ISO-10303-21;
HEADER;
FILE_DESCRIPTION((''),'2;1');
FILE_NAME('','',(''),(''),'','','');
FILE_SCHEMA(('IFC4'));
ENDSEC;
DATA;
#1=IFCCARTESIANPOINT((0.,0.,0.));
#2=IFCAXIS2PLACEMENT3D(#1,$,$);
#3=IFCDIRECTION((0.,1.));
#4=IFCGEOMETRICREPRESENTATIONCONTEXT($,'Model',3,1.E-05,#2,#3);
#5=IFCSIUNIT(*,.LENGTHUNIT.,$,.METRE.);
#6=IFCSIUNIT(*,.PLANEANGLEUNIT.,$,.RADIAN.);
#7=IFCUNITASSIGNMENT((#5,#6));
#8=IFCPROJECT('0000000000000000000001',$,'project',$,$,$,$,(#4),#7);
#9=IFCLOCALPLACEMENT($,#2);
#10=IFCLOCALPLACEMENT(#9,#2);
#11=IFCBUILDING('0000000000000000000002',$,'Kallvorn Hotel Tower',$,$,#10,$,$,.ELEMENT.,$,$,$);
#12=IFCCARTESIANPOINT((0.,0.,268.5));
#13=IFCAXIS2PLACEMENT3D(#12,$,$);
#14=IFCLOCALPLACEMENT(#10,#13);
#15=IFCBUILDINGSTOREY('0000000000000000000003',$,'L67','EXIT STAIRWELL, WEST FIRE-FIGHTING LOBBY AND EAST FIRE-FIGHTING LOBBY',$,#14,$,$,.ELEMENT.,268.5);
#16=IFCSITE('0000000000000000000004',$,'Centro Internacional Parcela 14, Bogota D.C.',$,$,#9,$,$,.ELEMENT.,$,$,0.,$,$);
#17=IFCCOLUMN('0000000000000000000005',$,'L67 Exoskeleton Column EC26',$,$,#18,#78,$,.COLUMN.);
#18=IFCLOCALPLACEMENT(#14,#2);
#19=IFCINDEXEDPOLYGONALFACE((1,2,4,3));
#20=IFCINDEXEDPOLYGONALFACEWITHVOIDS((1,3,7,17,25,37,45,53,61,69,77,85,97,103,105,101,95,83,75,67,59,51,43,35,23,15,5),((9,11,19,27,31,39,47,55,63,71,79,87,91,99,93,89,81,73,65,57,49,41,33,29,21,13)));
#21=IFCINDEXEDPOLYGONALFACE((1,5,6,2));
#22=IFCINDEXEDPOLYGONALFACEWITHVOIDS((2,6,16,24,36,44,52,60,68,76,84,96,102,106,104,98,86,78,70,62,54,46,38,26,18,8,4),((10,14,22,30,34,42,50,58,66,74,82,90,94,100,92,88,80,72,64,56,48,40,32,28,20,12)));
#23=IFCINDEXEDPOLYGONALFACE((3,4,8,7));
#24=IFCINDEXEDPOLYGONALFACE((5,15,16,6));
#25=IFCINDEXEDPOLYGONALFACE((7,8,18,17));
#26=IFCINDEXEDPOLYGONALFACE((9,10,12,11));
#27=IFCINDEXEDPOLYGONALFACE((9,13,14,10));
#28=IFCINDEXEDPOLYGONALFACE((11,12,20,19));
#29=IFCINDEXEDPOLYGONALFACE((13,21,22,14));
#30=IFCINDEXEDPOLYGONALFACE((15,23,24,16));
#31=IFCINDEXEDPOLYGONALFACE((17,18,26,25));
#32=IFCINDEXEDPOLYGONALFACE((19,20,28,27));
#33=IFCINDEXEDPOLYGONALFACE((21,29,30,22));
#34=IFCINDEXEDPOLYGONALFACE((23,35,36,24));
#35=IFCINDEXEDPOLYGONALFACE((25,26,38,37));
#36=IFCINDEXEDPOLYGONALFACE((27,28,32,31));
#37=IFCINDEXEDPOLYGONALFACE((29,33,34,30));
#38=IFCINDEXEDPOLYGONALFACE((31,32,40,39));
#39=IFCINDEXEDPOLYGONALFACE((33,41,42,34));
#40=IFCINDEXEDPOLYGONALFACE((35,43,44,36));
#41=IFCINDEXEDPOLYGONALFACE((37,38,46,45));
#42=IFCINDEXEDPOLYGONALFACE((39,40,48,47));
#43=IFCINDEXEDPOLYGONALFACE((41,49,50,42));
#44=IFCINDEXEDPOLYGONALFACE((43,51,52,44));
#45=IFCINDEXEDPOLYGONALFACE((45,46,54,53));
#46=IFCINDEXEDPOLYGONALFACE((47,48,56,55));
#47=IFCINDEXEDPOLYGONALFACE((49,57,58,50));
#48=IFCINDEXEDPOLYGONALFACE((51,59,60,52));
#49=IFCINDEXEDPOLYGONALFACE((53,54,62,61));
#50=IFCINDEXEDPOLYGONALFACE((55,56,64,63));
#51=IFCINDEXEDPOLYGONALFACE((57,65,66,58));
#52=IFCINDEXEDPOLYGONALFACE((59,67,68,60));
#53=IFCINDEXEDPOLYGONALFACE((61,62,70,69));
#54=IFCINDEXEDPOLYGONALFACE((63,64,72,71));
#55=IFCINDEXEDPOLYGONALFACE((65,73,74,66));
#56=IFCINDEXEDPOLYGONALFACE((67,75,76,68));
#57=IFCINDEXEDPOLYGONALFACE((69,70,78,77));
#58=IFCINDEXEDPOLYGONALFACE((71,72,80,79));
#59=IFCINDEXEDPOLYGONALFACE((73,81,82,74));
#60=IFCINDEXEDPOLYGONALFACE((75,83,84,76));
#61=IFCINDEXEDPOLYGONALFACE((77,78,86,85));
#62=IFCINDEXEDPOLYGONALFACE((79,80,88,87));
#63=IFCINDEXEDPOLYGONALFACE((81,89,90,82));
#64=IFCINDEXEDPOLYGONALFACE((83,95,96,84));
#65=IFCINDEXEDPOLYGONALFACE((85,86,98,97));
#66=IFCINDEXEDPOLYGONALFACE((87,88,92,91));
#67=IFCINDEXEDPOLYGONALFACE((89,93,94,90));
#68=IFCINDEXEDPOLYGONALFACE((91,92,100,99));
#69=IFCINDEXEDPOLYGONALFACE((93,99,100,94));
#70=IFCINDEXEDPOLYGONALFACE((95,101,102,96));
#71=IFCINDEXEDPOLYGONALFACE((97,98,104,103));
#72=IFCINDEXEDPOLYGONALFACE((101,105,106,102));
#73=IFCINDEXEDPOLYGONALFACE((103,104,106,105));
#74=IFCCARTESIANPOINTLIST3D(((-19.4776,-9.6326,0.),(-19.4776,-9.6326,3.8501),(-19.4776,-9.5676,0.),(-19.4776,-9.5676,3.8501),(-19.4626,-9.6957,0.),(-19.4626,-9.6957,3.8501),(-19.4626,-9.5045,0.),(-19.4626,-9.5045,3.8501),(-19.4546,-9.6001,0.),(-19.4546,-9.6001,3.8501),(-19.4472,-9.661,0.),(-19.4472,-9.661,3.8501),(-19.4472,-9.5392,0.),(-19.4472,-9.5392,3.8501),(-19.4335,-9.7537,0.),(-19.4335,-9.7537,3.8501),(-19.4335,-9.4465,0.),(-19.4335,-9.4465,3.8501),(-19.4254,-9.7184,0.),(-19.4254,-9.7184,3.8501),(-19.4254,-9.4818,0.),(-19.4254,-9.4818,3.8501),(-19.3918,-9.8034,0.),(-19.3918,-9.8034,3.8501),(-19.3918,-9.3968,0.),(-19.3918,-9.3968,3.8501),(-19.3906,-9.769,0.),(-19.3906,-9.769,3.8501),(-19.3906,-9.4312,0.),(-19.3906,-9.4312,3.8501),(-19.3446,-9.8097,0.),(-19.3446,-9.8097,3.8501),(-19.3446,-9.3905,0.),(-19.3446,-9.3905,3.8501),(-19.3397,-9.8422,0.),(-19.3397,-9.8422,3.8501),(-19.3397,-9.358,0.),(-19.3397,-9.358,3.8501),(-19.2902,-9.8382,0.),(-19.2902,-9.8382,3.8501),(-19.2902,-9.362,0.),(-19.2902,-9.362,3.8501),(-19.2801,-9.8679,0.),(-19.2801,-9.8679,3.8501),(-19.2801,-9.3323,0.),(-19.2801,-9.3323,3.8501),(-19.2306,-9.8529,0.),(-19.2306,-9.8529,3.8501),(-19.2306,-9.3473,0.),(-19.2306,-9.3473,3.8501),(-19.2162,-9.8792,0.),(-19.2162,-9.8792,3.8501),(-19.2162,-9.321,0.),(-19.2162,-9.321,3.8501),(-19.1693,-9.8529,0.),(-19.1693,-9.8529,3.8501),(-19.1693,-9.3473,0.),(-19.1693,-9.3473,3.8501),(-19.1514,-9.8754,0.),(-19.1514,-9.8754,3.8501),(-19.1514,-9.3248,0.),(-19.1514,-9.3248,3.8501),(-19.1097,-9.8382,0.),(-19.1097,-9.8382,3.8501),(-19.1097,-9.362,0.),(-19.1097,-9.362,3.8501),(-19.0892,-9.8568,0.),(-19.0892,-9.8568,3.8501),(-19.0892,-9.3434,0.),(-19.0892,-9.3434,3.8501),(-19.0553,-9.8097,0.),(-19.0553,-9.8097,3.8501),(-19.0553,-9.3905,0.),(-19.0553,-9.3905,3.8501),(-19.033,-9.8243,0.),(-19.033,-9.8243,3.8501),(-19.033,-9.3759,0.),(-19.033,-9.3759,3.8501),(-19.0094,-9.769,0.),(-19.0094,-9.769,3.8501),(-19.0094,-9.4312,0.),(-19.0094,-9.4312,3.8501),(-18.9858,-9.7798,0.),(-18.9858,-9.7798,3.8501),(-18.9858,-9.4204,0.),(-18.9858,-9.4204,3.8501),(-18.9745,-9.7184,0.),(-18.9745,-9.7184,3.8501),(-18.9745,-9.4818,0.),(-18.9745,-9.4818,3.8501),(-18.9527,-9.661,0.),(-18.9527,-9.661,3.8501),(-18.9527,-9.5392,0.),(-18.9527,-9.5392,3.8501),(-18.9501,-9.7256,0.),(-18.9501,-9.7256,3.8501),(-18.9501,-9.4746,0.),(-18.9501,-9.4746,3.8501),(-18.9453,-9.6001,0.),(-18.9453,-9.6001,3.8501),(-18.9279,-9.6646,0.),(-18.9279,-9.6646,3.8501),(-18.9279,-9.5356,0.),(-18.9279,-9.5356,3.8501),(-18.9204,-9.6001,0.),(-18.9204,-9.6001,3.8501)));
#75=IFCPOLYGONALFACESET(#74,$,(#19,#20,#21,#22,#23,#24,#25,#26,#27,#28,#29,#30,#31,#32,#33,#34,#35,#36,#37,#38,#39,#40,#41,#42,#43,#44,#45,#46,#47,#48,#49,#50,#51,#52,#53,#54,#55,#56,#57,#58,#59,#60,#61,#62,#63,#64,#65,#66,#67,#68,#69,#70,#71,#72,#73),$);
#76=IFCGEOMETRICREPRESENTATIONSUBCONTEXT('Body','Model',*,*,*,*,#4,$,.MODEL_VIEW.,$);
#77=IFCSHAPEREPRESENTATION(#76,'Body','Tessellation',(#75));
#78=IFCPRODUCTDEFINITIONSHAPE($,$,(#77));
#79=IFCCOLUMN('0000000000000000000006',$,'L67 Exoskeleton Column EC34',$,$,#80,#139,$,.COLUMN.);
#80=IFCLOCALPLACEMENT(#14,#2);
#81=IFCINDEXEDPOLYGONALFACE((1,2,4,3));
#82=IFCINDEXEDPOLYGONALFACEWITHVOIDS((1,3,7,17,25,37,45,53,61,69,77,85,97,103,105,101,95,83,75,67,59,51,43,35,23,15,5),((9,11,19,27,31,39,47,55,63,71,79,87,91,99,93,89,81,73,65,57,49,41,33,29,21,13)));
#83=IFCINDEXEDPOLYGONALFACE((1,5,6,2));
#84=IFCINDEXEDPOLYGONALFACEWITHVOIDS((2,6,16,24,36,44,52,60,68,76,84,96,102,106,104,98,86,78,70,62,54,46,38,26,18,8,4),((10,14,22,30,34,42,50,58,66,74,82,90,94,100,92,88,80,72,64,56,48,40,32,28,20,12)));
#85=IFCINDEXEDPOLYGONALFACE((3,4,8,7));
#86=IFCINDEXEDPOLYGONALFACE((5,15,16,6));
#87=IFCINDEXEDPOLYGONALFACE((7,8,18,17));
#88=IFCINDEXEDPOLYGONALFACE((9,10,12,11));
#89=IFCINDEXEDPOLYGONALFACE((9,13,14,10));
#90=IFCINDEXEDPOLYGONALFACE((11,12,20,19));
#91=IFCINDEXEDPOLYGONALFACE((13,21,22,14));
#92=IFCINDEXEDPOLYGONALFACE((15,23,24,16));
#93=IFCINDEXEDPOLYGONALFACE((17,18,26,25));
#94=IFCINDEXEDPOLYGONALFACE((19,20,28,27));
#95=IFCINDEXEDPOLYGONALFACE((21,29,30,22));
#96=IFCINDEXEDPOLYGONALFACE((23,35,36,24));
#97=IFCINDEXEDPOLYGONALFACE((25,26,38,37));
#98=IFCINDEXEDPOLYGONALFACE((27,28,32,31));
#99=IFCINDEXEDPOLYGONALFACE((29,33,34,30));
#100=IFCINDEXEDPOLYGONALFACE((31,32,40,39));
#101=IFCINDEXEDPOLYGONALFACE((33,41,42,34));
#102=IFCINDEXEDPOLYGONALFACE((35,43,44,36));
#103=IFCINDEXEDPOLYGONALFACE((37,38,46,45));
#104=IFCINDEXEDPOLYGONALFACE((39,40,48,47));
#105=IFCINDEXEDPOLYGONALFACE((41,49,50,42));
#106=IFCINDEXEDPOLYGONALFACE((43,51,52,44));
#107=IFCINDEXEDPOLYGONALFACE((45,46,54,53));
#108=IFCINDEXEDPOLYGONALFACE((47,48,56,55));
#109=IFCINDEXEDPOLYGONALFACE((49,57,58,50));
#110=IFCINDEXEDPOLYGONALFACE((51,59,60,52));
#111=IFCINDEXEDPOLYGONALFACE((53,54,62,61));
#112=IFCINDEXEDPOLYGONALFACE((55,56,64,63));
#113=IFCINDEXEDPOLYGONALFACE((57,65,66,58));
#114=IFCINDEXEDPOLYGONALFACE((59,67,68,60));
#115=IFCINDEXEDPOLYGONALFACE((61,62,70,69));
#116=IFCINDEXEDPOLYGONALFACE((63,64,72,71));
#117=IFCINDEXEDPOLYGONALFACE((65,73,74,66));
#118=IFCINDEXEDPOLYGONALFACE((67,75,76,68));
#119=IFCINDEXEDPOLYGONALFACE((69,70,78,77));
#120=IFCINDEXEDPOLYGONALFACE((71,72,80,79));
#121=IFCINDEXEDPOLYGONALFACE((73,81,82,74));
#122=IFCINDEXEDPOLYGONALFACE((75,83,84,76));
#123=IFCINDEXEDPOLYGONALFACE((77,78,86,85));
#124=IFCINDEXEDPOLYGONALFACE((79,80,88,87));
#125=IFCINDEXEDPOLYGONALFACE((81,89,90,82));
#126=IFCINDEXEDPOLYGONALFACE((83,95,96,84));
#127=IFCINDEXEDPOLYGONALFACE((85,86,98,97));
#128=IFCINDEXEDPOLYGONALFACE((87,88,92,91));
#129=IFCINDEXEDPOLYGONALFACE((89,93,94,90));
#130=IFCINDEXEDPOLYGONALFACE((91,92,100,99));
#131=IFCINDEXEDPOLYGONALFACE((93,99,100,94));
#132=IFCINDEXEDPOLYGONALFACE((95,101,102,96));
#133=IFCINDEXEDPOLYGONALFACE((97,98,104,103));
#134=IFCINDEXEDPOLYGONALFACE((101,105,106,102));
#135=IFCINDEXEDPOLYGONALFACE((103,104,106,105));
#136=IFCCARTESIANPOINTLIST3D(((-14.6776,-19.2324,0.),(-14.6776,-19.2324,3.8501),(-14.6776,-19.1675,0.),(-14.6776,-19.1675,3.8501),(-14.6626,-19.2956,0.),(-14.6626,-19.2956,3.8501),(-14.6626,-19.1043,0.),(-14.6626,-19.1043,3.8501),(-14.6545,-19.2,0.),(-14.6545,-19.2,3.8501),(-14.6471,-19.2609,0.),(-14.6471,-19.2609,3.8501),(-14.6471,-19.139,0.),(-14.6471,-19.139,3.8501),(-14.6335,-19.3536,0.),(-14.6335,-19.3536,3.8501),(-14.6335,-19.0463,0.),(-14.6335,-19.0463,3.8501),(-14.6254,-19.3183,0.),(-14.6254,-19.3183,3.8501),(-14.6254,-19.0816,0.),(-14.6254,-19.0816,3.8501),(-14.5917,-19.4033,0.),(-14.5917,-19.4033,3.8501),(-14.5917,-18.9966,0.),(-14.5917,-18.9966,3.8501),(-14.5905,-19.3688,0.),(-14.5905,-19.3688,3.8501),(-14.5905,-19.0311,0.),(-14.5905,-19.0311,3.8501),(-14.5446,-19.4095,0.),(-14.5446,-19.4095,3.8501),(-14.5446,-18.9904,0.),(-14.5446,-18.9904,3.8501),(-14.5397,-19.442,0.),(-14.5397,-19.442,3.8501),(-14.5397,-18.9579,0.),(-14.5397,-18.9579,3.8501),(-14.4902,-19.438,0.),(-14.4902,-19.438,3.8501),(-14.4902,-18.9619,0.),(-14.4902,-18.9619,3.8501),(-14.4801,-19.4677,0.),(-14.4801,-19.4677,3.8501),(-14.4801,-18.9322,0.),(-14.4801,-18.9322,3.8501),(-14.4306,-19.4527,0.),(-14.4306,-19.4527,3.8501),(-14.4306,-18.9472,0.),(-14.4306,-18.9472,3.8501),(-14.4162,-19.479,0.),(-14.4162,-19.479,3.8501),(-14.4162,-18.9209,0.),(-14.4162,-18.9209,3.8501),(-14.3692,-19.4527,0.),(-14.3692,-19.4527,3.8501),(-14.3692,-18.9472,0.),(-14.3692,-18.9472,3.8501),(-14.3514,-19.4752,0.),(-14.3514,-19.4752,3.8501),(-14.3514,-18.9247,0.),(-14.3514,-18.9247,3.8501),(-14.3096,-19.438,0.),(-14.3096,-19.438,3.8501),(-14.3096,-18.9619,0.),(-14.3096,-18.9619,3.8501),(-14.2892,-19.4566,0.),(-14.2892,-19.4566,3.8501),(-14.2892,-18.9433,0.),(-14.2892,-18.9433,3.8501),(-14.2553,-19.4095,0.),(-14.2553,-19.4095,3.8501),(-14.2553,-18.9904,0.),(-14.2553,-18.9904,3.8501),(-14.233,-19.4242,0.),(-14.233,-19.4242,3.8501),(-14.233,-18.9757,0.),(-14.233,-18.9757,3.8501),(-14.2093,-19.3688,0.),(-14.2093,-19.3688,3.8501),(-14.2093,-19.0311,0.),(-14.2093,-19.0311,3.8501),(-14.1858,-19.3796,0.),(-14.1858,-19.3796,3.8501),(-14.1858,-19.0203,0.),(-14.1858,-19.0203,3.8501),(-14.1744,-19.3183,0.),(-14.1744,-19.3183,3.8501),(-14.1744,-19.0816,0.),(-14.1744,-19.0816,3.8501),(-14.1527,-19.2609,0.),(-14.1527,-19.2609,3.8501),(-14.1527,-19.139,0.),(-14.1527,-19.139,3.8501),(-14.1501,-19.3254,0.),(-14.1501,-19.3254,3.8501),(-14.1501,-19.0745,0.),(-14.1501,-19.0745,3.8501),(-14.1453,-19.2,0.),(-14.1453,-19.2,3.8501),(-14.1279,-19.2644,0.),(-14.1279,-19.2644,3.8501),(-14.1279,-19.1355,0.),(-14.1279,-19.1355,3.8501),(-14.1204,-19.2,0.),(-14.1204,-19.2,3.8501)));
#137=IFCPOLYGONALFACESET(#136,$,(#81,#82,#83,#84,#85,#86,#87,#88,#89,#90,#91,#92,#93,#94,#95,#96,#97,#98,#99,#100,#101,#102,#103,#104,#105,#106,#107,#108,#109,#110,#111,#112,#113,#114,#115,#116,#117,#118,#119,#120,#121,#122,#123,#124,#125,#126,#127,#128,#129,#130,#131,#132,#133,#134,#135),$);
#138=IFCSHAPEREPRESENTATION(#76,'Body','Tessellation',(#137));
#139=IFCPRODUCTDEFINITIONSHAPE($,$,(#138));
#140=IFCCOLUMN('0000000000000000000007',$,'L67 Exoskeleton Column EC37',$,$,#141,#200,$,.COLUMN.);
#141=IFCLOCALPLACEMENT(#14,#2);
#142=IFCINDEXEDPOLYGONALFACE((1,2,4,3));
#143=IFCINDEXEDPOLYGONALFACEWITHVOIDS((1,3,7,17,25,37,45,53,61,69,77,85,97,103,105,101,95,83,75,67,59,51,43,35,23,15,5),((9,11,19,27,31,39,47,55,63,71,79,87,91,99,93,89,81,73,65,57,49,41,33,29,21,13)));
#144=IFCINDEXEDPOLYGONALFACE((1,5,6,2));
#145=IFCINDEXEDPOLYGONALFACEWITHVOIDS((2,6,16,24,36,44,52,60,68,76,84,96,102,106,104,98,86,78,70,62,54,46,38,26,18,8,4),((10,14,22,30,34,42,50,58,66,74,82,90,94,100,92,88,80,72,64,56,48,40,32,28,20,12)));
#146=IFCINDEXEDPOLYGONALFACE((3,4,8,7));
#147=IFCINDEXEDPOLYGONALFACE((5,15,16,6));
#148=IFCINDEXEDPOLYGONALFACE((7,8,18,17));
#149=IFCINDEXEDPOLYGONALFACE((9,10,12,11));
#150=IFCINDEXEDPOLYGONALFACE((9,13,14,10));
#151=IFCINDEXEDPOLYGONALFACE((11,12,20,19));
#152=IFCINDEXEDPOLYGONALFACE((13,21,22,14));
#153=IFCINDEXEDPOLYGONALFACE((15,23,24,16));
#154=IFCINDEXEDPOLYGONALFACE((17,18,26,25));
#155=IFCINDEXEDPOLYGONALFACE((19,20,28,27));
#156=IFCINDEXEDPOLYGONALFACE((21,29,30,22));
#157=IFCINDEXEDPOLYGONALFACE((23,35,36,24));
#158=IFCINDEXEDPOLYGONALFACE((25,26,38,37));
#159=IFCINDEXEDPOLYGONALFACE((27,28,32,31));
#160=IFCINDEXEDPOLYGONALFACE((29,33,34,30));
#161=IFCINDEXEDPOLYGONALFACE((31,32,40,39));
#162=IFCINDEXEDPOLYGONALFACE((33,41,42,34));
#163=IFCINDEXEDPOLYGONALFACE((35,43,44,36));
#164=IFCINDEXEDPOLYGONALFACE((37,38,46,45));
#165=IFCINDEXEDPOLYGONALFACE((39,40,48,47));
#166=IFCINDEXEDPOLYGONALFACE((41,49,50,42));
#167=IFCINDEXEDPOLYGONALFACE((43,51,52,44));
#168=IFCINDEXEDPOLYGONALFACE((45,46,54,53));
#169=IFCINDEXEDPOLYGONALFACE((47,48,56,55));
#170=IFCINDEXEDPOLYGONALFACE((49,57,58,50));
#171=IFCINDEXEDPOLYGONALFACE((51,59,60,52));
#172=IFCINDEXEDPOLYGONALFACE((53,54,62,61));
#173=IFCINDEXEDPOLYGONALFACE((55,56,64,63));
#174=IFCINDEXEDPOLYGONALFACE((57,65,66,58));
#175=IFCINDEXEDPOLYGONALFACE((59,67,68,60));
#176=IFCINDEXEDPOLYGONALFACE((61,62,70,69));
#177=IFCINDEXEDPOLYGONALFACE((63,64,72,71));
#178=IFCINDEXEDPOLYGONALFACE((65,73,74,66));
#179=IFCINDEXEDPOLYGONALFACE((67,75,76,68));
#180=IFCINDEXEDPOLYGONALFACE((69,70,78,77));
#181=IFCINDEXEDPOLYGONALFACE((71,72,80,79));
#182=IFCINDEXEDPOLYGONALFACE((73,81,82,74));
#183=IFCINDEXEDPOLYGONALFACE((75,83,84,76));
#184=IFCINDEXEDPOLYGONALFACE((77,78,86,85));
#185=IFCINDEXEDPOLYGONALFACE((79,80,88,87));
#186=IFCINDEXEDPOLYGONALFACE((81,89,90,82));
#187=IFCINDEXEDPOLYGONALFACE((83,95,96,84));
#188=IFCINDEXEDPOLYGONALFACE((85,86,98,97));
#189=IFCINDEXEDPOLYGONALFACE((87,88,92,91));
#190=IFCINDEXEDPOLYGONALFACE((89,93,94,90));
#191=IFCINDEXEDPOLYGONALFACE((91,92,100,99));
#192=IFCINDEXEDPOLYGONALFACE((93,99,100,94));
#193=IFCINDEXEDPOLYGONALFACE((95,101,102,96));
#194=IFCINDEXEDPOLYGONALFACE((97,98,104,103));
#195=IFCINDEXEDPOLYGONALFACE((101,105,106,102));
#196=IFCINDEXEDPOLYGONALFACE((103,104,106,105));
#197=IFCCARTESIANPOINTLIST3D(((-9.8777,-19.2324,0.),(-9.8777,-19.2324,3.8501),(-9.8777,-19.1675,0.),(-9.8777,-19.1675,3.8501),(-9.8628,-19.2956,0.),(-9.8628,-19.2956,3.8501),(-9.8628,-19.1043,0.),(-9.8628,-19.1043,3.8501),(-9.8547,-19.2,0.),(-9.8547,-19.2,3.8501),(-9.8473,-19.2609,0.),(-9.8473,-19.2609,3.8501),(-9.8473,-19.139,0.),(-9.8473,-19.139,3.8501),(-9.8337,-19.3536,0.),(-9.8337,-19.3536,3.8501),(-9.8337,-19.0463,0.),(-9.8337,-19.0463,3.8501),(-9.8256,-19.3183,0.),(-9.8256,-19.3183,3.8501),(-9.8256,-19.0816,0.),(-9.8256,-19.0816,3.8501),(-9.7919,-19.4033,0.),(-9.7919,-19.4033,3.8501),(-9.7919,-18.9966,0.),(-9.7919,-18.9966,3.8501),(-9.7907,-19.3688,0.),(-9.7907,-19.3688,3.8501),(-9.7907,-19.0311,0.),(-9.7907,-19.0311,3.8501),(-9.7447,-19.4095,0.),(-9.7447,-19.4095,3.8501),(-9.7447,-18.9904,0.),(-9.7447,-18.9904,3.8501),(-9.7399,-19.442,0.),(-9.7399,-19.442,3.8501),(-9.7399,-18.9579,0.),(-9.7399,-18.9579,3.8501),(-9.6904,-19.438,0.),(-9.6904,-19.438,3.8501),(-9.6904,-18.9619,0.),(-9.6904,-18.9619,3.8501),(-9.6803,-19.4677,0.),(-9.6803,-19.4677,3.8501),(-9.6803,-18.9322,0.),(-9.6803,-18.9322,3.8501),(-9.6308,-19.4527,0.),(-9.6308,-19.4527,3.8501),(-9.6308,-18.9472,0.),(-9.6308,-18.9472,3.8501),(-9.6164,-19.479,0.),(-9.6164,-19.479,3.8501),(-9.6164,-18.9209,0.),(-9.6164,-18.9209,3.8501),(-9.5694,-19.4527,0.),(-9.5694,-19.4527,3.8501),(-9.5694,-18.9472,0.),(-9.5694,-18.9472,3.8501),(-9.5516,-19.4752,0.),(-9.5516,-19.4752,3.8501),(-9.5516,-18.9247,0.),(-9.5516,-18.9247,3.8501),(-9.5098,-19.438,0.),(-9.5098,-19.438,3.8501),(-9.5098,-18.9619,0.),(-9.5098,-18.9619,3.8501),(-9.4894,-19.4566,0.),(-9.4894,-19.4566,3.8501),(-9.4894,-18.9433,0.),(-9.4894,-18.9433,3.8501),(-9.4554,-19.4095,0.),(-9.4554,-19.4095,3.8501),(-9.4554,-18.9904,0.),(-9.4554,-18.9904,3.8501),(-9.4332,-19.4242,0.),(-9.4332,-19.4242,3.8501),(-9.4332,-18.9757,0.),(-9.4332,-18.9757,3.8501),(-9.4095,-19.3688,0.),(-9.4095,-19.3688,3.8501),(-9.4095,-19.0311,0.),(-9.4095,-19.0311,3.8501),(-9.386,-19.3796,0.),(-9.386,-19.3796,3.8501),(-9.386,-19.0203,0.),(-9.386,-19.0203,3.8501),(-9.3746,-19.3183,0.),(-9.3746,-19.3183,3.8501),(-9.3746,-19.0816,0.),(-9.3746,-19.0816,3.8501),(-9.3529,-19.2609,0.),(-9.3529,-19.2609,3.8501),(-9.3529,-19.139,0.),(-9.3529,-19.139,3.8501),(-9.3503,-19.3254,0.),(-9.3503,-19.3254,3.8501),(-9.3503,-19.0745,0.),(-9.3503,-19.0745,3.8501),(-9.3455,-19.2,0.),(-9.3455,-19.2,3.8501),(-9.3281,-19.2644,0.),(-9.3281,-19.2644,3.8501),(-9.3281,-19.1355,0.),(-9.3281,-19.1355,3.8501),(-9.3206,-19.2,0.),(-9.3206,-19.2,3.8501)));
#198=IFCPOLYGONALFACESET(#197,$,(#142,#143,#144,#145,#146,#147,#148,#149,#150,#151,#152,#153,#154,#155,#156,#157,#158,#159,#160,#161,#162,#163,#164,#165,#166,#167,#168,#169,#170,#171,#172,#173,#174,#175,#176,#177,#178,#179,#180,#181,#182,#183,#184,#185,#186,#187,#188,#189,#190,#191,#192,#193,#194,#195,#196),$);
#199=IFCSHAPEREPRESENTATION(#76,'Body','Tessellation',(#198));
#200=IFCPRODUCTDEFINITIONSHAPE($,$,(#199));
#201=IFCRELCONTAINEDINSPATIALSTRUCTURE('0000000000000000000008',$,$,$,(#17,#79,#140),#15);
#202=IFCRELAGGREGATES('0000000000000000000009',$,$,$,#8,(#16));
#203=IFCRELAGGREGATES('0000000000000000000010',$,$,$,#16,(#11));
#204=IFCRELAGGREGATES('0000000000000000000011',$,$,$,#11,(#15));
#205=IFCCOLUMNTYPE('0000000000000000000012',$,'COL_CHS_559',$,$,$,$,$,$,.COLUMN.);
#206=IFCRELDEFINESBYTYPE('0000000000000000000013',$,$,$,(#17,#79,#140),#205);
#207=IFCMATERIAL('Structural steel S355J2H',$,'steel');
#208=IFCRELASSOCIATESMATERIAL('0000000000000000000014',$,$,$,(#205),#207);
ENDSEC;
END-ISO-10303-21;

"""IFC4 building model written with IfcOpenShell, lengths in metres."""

from ifc_helpers import new_model, si_unit, direction, frame, origin, origin_2d, place, context, subcontext, project, spatial, hollow_circle, extrude, material, material_profile, profile_set, type_object, element, save


model = new_model("IFC4")

# Units and contexts
model_context = context("Model", 3, precision=1e-05, world=origin(), true_north=direction((0.0, 1.0)))
body_context = subcontext(model_context, "Body", "Model", "MODEL_VIEW")
ifc_project = project(units=[si_unit("LENGTHUNIT", "METRE"), si_unit("PLANEANGLEUNIT", "RADIAN")], contexts=[model_context])

# Site, building, storey
site_placement = place(None, origin())
site = spatial("IfcSite", under=ifc_project, at=site_placement, Name="Centro Internacional Parcela 14, Bogota D.C.", CompositionType="ELEMENT", RefElevation=0.0)
building_placement = place(site_placement, origin())
building = spatial("IfcBuilding", under=site, at=building_placement, Name="Kallvorn Hotel Tower", CompositionType="ELEMENT")
storey_placement = place(building_placement, frame((0.0, 0.0, 268.5)))
storey = spatial("IfcBuildingStorey", under=building, at=storey_placement, Name="L67", Description="EXIT STAIRWELL, WEST FIRE-FIGHTING LOBBY AND EAST FIRE-FIGHTING LOBBY", CompositionType="ELEMENT", Elevation=268.5)

# Columns
ifc_material_1 = material(Name="Structural steel S355J2H", Category="steel")
ifc_material_profile_1 = material_profile(ifc_material_1, hollow_circle(Radius=0.2795, WallThickness=0.0249, at=origin_2d()), Name="CHS 559x25")
ifc_profile_set_1 = profile_set([ifc_material_profile_1], Name="Structural steel S355J2H")
column_type_1 = type_object("IfcColumnType", Name="COL_CHS_559", PredefinedType="COLUMN", material=ifc_profile_set_1)
for number, where, z_axis, x_axis, name in (
    (1, (-19.2, -9.6001, 0.0), (0.0, 0.0, 1.0), (1.0, 0.0, 0.0), "L67 Exoskeleton Column EC26"),
    (2, (-14.3999, -19.2, 0.0), (0.0, 0.0, 1.0), (1.0, 0.0, 0.0), "L67 Exoskeleton Column EC34"),
    (3, (-9.6001, -19.2, 0.0), (0.0, 0.0, 1.0), (1.0, 0.0, 0.0), "L67 Exoskeleton Column EC37"),
):
    element("IfcColumn", number, at=place(storey_placement, frame(where, z_axis=z_axis, x_axis=x_axis)), inside=storey, type_object=column_type_1, Name=name, PredefinedType="COLUMN", context=body_context, shape_type="SweptSolid", body=[
        extrude(hollow_circle(Radius=0.2795, WallThickness=0.0249, at=origin_2d()), origin(), (0.0, 0.0, 1.0), 3.8501),
    ])

save(model, "model.ifc")
